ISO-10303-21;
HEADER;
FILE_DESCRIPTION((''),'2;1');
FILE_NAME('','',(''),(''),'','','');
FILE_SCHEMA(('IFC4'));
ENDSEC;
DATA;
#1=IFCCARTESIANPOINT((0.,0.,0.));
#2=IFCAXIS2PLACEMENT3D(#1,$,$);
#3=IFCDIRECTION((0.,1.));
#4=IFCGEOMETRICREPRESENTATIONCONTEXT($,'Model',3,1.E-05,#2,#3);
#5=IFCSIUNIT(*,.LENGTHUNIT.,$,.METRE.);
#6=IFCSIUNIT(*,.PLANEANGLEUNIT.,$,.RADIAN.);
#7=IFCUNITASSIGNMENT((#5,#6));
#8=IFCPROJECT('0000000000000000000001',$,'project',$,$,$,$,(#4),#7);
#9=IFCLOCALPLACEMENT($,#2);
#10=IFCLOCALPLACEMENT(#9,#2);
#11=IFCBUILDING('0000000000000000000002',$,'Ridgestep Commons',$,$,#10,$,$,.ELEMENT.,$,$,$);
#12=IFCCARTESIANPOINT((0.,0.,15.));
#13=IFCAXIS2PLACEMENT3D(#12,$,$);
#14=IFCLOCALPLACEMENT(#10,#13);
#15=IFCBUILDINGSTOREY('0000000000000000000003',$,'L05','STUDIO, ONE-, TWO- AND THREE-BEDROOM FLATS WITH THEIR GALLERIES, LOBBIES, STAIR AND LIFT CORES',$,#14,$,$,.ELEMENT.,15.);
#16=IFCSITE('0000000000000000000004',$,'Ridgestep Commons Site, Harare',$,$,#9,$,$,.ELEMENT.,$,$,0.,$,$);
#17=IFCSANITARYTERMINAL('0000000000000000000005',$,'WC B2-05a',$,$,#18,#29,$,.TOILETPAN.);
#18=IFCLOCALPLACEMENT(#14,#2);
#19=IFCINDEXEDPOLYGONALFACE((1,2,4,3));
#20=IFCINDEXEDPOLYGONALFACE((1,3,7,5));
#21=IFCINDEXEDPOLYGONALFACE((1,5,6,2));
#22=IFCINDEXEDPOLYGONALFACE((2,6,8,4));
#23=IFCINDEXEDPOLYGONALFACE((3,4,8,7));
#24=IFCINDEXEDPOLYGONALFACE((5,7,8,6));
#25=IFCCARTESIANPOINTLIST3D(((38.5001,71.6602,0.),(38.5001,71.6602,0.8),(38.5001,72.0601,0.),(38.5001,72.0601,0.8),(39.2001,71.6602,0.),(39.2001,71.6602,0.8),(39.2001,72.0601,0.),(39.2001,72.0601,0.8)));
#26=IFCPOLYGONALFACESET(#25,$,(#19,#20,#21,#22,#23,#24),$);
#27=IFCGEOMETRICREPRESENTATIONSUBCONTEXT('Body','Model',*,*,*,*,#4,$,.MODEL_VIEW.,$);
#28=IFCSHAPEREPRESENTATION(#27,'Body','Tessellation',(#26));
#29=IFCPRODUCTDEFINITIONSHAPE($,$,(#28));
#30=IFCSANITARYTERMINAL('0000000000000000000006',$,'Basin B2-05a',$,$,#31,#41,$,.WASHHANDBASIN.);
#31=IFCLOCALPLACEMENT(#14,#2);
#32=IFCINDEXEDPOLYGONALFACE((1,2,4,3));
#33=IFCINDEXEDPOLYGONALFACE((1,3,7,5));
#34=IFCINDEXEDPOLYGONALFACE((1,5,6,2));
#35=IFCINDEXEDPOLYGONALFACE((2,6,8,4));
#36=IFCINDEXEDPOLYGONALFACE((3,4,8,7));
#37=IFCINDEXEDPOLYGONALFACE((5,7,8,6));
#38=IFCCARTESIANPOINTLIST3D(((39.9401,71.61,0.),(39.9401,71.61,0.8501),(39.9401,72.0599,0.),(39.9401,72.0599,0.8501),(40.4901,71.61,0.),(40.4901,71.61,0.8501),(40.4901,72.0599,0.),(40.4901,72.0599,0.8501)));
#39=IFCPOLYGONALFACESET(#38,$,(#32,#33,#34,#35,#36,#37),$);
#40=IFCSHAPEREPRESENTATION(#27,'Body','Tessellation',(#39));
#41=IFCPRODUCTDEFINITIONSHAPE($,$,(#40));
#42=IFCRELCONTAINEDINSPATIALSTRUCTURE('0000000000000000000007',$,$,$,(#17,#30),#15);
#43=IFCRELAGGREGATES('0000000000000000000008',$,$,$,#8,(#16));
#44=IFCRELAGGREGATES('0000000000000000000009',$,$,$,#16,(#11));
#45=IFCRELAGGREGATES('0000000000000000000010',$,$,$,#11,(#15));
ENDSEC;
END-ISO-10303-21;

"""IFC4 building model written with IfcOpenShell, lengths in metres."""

from ifc_helpers import new_model, si_unit, direction, frame, origin, origin_2d, place, context, subcontext, project, spatial, rectangle, extrude, element, save


model = new_model("IFC4")

# Units and contexts
model_context = context("Model", 3, precision=1e-05, world=origin(), true_north=direction((0.0, 1.0)))
body_context = subcontext(model_context, "Body", "Model", "MODEL_VIEW")
ifc_project = project(units=[si_unit("LENGTHUNIT", "METRE"), si_unit("PLANEANGLEUNIT", "RADIAN")], contexts=[model_context])

# Site, building, storey
site_placement = place(None, origin())
site = spatial("IfcSite", under=ifc_project, at=site_placement, Name="Ridgestep Commons Site, Harare", CompositionType="ELEMENT", RefElevation=0.0)
building_placement = place(site_placement, origin())
building = spatial("IfcBuilding", under=site, at=building_placement, Name="Ridgestep Commons", CompositionType="ELEMENT")
storey_placement = place(building_placement, frame((0.0, 0.0, 15.0)))
storey = spatial("IfcBuildingStorey", under=building, at=storey_placement, Name="L05", Description="STUDIO, ONE-, TWO- AND THREE-BEDROOM FLATS WITH THEIR GALLERIES, LOBBIES, STAIR AND LIFT CORES", CompositionType="ELEMENT", Elevation=15.0)

# Sanitary terminals
sanitary_terminal_1_placement = place(storey_placement, frame((38.8501, 71.8601, 0.0), z_axis=(0.0, 0.0, 1.0), x_axis=(1.0, 0.0, 0.0)))
element("IfcSanitaryTerminal", 1, at=sanitary_terminal_1_placement, inside=storey, Name="WC B2-05a", PredefinedType="TOILETPAN", context=body_context, shape_type="SweptSolid", body=[
    extrude(rectangle(XDim=0.7, YDim=0.3999, at=origin_2d()), origin(), (0.0, 0.0, 1.0), 0.8),
])
sanitary_terminal_2_placement = place(storey_placement, frame((40.2151, 71.835, 0.0), z_axis=(0.0, 0.0, 1.0), x_axis=(1.0, 0.0, 0.0)))
element("IfcSanitaryTerminal", 2, at=sanitary_terminal_2_placement, inside=storey, Name="Basin B2-05a", PredefinedType="WASHHANDBASIN", context=body_context, shape_type="SweptSolid", body=[
    extrude(rectangle(XDim=0.55, YDim=0.45, at=origin_2d()), origin(), (0.0, 0.0, 1.0), 0.8501),
])

save(model, "model.ifc")
